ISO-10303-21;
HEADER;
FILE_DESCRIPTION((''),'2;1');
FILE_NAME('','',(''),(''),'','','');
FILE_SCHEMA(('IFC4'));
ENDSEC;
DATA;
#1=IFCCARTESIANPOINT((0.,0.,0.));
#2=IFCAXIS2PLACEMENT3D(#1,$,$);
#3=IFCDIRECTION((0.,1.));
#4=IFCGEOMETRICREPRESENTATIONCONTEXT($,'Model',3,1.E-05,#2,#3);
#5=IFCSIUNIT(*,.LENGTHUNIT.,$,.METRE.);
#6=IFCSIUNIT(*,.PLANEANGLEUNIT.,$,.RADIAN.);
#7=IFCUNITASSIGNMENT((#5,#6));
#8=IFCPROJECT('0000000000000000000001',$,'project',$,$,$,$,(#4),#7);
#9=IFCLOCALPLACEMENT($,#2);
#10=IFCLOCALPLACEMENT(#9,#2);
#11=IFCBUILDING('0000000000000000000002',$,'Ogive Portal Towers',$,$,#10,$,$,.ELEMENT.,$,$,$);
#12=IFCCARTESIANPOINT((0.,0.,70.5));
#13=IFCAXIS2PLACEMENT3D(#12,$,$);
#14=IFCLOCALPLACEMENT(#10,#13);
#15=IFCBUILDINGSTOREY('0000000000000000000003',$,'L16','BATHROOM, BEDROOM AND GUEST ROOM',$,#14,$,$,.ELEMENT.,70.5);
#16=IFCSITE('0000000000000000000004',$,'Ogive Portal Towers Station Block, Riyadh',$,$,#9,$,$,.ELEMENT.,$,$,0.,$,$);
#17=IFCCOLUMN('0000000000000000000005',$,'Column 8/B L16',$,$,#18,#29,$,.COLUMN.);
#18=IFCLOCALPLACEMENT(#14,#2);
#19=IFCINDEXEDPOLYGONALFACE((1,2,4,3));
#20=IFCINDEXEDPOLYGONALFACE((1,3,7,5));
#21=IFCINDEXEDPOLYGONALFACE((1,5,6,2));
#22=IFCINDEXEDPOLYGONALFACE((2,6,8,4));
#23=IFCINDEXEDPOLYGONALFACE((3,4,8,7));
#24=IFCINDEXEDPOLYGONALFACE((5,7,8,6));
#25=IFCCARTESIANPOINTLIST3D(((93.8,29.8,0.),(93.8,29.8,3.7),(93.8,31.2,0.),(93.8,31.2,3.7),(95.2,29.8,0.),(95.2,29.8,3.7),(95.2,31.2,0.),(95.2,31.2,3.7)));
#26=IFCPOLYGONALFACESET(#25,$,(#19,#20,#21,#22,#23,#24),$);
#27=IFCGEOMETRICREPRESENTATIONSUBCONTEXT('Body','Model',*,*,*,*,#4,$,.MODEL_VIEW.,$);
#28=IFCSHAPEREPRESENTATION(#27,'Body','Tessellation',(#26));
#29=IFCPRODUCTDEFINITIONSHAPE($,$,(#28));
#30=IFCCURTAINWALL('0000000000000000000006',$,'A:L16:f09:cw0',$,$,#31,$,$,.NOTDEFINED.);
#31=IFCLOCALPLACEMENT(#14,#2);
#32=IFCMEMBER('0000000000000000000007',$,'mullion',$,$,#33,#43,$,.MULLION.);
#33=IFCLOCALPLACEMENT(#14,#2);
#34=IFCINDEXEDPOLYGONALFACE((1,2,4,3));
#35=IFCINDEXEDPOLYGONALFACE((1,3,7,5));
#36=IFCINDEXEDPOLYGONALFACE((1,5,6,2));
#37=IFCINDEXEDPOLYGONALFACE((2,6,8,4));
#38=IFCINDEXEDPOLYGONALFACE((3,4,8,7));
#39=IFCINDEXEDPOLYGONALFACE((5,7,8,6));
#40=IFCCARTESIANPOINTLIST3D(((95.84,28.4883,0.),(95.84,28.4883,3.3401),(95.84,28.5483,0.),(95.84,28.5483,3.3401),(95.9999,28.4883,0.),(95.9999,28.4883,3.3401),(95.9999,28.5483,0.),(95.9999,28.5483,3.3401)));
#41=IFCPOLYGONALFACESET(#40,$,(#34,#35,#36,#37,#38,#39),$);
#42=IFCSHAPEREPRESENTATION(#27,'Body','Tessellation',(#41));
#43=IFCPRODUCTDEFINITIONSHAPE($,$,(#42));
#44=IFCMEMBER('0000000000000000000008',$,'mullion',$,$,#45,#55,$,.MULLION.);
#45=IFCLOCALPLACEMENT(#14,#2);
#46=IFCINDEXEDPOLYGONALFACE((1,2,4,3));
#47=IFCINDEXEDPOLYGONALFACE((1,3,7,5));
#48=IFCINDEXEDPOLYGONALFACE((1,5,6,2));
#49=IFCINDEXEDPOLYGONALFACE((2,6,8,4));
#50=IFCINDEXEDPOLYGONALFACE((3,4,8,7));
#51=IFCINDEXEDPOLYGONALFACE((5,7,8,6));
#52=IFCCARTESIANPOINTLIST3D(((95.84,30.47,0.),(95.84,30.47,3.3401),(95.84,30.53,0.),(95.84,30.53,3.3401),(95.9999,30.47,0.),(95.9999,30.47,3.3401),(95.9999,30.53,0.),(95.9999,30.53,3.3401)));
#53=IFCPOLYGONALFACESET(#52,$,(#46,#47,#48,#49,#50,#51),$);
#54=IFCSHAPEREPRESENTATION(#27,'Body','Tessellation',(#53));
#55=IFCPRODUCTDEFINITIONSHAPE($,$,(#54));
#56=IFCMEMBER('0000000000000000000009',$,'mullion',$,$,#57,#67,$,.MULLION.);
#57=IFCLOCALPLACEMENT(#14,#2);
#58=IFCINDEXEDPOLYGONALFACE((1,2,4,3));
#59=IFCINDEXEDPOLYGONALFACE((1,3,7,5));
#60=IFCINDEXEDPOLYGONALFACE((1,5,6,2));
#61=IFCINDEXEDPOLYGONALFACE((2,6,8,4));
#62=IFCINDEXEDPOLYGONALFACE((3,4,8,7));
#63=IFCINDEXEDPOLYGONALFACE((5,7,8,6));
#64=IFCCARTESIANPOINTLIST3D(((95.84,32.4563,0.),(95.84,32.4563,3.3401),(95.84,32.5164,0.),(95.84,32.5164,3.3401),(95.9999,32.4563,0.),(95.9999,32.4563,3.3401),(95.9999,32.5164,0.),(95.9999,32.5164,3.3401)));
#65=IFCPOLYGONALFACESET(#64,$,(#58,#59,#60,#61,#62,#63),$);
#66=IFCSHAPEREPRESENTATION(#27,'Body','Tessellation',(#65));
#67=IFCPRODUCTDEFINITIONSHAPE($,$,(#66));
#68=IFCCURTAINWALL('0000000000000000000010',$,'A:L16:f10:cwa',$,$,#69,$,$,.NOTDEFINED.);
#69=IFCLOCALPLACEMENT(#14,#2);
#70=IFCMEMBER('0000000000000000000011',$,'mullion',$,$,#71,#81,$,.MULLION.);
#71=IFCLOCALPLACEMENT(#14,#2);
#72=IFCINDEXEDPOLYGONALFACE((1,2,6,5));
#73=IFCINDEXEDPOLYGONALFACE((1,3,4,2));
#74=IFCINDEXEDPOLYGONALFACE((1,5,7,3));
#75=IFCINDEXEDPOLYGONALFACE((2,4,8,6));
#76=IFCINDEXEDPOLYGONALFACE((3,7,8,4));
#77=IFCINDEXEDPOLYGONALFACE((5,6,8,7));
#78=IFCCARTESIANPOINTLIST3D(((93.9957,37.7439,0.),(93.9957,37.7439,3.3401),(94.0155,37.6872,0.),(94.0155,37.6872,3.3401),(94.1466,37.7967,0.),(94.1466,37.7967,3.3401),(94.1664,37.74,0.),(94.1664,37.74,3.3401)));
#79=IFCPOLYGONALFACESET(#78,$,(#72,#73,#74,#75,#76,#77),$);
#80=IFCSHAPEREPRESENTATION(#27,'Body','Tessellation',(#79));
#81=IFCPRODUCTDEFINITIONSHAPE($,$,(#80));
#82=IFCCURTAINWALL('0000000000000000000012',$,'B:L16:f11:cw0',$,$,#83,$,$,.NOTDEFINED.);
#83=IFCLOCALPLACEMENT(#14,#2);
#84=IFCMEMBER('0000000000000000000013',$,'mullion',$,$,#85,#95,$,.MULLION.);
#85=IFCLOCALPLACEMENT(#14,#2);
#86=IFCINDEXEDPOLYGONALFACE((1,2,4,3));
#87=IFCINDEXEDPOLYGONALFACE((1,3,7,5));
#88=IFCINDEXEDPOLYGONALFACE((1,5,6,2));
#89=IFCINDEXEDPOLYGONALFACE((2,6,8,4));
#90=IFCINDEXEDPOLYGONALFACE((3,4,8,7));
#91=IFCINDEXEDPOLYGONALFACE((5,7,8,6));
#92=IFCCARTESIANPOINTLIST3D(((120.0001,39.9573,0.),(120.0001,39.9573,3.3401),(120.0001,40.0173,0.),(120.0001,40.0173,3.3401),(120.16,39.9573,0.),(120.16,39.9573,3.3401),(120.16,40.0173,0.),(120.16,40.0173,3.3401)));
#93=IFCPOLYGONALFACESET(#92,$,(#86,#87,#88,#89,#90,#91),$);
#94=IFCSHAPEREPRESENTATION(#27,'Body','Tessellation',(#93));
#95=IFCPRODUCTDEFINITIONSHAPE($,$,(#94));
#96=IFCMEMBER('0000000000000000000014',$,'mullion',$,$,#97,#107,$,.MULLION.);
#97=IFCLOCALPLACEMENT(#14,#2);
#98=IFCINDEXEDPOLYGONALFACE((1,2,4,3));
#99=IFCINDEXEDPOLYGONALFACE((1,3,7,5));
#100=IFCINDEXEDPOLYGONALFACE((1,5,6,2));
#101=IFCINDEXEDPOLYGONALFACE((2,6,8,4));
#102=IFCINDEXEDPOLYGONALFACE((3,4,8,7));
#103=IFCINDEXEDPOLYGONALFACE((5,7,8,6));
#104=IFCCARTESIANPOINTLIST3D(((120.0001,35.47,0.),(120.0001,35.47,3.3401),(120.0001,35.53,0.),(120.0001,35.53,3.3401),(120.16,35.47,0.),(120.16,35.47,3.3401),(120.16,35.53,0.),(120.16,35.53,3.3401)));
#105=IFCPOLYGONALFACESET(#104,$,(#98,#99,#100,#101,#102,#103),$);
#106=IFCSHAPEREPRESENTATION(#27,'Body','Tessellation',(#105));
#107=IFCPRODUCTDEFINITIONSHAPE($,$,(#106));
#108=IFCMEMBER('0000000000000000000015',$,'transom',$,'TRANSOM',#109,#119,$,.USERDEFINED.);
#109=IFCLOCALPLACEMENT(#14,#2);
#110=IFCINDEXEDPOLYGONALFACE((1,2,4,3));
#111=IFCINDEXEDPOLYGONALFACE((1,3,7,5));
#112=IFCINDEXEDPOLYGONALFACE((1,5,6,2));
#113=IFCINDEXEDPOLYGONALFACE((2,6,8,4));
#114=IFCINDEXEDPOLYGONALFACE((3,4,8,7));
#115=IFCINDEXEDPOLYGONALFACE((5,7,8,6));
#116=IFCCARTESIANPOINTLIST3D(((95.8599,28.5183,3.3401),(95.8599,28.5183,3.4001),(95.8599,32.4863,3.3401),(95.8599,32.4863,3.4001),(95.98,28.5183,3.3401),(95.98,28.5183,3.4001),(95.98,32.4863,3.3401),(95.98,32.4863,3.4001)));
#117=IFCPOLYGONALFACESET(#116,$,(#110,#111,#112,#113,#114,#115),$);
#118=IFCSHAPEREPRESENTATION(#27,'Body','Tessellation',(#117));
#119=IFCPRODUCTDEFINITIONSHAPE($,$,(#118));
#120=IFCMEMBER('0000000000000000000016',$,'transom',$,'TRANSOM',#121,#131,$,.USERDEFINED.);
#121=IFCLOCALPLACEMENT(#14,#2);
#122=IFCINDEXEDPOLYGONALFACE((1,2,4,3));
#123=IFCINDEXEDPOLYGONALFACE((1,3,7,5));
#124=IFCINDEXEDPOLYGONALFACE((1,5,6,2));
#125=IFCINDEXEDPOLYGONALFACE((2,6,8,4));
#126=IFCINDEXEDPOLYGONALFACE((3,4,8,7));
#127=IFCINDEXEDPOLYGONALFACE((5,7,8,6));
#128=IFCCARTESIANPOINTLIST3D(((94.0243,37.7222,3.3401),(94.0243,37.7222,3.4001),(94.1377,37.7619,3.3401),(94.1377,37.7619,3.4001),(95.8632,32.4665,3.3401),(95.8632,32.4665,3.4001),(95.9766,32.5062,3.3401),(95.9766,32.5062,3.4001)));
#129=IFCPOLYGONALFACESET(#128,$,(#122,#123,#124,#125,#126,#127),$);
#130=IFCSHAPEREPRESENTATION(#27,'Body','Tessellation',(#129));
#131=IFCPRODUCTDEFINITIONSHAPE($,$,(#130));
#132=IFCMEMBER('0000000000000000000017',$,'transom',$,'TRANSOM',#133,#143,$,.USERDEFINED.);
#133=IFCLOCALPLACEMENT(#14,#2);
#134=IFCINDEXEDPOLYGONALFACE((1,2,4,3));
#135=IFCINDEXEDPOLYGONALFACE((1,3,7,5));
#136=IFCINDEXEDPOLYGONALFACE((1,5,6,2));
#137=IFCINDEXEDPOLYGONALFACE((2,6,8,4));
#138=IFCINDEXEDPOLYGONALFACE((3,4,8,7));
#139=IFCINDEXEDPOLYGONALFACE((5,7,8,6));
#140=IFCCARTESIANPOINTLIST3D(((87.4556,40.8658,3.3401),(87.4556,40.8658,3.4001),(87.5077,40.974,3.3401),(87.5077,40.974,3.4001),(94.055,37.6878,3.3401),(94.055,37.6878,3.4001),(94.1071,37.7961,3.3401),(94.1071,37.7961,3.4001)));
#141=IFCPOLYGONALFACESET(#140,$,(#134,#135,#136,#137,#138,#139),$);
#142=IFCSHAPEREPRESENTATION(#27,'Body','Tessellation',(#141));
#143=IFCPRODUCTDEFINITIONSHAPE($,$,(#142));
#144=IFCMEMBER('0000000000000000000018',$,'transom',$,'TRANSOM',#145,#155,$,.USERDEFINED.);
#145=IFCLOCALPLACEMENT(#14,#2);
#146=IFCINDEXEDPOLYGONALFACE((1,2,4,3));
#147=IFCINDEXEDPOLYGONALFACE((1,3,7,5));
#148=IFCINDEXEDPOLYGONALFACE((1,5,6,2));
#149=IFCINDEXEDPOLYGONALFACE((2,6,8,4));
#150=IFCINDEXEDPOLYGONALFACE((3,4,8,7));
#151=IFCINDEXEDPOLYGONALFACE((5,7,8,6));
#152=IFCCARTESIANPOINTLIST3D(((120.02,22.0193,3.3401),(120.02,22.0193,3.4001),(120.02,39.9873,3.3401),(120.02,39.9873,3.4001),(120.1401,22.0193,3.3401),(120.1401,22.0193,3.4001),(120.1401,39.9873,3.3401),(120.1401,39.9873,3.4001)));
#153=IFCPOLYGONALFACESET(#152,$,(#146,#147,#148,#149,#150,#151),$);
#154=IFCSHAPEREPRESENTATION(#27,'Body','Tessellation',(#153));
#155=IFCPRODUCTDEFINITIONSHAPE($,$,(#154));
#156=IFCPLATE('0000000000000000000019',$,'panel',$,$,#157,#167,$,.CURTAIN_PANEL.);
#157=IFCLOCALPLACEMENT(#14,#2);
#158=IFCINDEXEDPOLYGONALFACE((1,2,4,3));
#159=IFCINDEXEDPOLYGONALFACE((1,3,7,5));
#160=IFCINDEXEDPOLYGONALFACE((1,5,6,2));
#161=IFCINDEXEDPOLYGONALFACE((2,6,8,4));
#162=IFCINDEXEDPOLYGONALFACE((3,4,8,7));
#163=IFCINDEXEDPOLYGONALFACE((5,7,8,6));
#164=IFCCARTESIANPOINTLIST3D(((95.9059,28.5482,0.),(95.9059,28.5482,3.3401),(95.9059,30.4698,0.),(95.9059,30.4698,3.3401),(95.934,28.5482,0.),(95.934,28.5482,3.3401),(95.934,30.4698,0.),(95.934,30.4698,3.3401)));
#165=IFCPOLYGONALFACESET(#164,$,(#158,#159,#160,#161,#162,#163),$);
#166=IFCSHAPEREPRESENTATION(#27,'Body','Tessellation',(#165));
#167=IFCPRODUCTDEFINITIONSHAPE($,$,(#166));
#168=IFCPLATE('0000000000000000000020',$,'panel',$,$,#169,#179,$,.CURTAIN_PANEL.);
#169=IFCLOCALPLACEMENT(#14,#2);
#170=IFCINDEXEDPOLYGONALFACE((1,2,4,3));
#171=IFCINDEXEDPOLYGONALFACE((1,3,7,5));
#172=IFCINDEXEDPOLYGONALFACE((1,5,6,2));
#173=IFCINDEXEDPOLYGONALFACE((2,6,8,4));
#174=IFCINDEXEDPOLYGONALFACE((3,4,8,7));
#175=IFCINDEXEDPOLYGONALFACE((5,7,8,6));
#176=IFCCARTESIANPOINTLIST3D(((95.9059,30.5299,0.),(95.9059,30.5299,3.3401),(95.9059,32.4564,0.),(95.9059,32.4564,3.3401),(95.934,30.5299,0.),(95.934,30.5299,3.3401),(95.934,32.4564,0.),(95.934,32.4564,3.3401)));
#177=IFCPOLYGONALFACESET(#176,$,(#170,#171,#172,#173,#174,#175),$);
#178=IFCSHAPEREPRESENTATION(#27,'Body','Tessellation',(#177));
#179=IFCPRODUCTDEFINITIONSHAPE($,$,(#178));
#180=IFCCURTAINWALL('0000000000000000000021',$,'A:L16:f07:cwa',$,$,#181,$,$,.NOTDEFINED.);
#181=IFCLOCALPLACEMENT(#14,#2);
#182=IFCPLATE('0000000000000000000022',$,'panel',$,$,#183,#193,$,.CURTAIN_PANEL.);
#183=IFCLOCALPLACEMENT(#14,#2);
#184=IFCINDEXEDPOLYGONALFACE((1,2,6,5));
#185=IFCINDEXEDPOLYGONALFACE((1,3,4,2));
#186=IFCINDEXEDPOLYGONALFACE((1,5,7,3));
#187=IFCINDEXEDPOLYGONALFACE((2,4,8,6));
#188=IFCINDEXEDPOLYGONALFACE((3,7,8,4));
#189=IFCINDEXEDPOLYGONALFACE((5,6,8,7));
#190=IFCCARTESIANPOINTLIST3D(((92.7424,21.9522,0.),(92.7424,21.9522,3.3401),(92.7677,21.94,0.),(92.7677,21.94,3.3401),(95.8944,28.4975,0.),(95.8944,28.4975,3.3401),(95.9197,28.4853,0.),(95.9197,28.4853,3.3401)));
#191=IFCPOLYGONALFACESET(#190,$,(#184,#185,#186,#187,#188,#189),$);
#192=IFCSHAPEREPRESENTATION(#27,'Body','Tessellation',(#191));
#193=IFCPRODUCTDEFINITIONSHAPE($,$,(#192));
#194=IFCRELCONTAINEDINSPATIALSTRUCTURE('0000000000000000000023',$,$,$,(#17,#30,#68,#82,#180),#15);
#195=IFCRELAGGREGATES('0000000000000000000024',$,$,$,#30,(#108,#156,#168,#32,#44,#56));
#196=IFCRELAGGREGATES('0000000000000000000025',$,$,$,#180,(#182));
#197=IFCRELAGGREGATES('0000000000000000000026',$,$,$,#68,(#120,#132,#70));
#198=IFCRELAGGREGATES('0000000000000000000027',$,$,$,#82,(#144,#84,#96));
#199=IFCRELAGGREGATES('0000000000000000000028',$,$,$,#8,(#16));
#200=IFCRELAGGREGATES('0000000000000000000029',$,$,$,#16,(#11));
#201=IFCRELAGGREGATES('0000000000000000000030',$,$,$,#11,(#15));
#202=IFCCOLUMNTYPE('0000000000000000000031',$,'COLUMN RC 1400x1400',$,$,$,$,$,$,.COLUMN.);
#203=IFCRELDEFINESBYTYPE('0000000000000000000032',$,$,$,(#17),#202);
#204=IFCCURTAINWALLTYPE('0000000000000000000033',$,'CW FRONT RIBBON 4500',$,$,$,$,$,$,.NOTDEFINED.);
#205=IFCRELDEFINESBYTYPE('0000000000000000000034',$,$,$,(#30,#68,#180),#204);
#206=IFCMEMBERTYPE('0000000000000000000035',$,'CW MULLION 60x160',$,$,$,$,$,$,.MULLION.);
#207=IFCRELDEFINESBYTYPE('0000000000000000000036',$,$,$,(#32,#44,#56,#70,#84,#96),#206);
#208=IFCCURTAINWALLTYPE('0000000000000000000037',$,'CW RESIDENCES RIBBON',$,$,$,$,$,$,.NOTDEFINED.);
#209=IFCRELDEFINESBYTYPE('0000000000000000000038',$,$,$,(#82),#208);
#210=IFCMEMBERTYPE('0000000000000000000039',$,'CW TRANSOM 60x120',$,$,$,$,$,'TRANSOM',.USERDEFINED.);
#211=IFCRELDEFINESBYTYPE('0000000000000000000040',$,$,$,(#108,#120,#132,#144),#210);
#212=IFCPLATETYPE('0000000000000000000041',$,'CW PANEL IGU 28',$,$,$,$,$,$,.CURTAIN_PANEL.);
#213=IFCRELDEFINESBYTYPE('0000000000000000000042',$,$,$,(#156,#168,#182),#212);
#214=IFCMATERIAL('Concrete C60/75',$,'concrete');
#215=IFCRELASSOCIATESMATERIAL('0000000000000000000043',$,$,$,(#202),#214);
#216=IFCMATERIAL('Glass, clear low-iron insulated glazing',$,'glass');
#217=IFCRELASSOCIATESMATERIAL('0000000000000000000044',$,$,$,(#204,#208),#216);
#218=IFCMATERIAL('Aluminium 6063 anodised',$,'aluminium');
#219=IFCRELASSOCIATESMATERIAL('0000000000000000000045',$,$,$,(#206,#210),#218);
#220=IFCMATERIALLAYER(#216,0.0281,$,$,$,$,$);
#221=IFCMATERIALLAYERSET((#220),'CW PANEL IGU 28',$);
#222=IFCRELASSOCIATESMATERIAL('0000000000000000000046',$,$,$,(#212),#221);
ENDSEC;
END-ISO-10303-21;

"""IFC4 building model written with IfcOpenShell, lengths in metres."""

from ifc_helpers import new_model, si_unit, direction, frame, origin, origin_2d, place, context, subcontext, project, spatial, rectangle, extrude, material, layer, layer_set, material_profile, profile_set, type_object, element, aggregate, save


model = new_model("IFC4")

# Units and contexts
model_context = context("Model", 3, precision=1e-05, world=origin(), true_north=direction((0.0, 1.0)))
body_context = subcontext(model_context, "Body", "Model", "MODEL_VIEW")
ifc_project = project(units=[si_unit("LENGTHUNIT", "METRE"), si_unit("PLANEANGLEUNIT", "RADIAN")], contexts=[model_context])

# Site, building, storey
site_placement = place(None, origin())
site = spatial("IfcSite", under=ifc_project, at=site_placement, Name="Ogive Portal Towers Station Block, Riyadh", CompositionType="ELEMENT", RefElevation=0.0)
building_placement = place(site_placement, origin())
building = spatial("IfcBuilding", under=site, at=building_placement, Name="Ogive Portal Towers", CompositionType="ELEMENT")
storey_placement = place(building_placement, frame((0.0, 0.0, 70.5)))
storey = spatial("IfcBuildingStorey", under=building, at=storey_placement, Name="L16", Description="BATHROOM, BEDROOM AND GUEST ROOM", CompositionType="ELEMENT", Elevation=70.5)

# Column
ifc_material_1 = material(Name="Concrete C60/75", Category="concrete")
ifc_material_profile_1 = material_profile(ifc_material_1, rectangle(XDim=1.3999, YDim=1.3999, at=origin_2d()), Name="RC 1400x1400")
ifc_profile_set_1 = profile_set([ifc_material_profile_1], Name="Concrete C60/75")
column_type = type_object("IfcColumnType", Name="COLUMN RC 1400x1400", PredefinedType="COLUMN", material=ifc_profile_set_1)
column_placement = place(storey_placement, frame((94.5, 30.5, 0.0), z_axis=(0.0, 0.0, 1.0), x_axis=(1.0, 0.0, 0.0)))
element("IfcColumn", 1, at=column_placement, inside=storey, type_object=column_type, Name="Column 8/B L16", PredefinedType="COLUMN", context=body_context, shape_type="SweptSolid", body=[
    extrude(rectangle(XDim=1.3999, YDim=1.3999, at=origin_2d()), origin(), (0.0, 0.0, 1.0), 3.7),
])

# Curtain wall, members
ifc_material_2 = material(Name="Glass, clear low-iron insulated glazing", Category="glass")
curtain_wall_type_1 = type_object("IfcCurtainWallType", Name="CW FRONT RIBBON 4500", PredefinedType="NOTDEFINED", material=ifc_material_2)
curtain_wall_1_placement = place(storey_placement, origin())
curtain_wall_1 = element("IfcCurtainWall", 2, at=curtain_wall_1_placement, inside=storey, type_object=curtain_wall_type_1, Name="A:L16:f09:cw0", PredefinedType="NOTDEFINED")
ifc_material_3 = material(Name="Aluminium 6063 anodised", Category="aluminium")
ifc_material_profile_2 = material_profile(ifc_material_3, rectangle(XDim=0.1599, YDim=0.0601, at=origin_2d()), Name="AL 60x160")
ifc_profile_set_2 = profile_set([ifc_material_profile_2], Name="Aluminium 6063 anodised")
member_type_1 = type_object("IfcMemberType", Name="CW MULLION 60x160", PredefinedType="MULLION", material=ifc_profile_set_2)
member_1_placement = place(storey_placement, frame((95.9199, 28.5183, 0.0), z_axis=(0.0, 0.0, 1.0), x_axis=(-1.0, 0.0, 0.0)))
member_1 = element("IfcMember", 3, at=member_1_placement, type_object=member_type_1, Name="mullion", PredefinedType="MULLION", context=body_context, shape_type="SweptSolid", body=[
    extrude(rectangle(XDim=0.1599, YDim=0.0601, at=origin_2d()), origin(), (0.0, 0.0, 1.0), 3.3401),
])
member_2_placement = place(storey_placement, frame((95.9199, 30.5, 0.0), z_axis=(0.0, 0.0, 1.0), x_axis=(-1.0, 0.0, 0.0)))
member_2 = element("IfcMember", 4, at=member_2_placement, type_object=member_type_1, Name="mullion", PredefinedType="MULLION", context=body_context, shape_type="SweptSolid", body=[
    extrude(rectangle(XDim=0.1599, YDim=0.0601, at=origin_2d()), origin(), (0.0, 0.0, 1.0), 3.3401),
])
member_3_placement = place(storey_placement, frame((95.9199, 32.4863, 0.0), z_axis=(0.0, 0.0, 1.0), x_axis=(-1.0, 0.0, 0.0)))
member_3 = element("IfcMember", 5, at=member_3_placement, type_object=member_type_1, Name="mullion", PredefinedType="MULLION", context=body_context, shape_type="SweptSolid", body=[
    extrude(rectangle(XDim=0.1599, YDim=0.0601, at=origin_2d()), origin(), (0.0, 0.0, 1.0), 3.3401),
])

# Curtain wall, member
curtain_wall_2_placement = place(storey_placement, origin())
curtain_wall_2 = element("IfcCurtainWall", 6, at=curtain_wall_2_placement, inside=storey, type_object=curtain_wall_type_1, Name="A:L16:f10:cwa", PredefinedType="NOTDEFINED")
member_4_placement = place(storey_placement, frame((94.0811, 37.7419, 0.0), z_axis=(0.0, 0.0, 1.0), x_axis=(-0.943883, -0.330279, 0.0)))
member_4 = element("IfcMember", 7, at=member_4_placement, type_object=member_type_1, Name="mullion", PredefinedType="MULLION", context=body_context, shape_type="SweptSolid", body=[
    extrude(rectangle(XDim=0.1599, YDim=0.0601, at=origin_2d()), origin(), (0.0, 0.0, 1.0), 3.3401),
])

# Curtain wall, members
curtain_wall_type_2 = type_object("IfcCurtainWallType", Name="CW RESIDENCES RIBBON", PredefinedType="NOTDEFINED", material=ifc_material_2)
curtain_wall_3_placement = place(storey_placement, origin())
curtain_wall_3 = element("IfcCurtainWall", 8, at=curtain_wall_3_placement, inside=storey, type_object=curtain_wall_type_2, Name="B:L16:f11:cw0", PredefinedType="NOTDEFINED")
member_5_placement = place(storey_placement, frame((120.0801, 39.9873, 0.0), z_axis=(0.0, 0.0, 1.0), x_axis=(1.0, 0.0, 0.0)))
member_5 = element("IfcMember", 9, at=member_5_placement, type_object=member_type_1, Name="mullion", PredefinedType="MULLION", context=body_context, shape_type="SweptSolid", body=[
    extrude(rectangle(XDim=0.1599, YDim=0.0601, at=origin_2d()), origin(), (0.0, 0.0, 1.0), 3.3401),
])
member_6_placement = place(storey_placement, frame((120.0801, 35.5, 0.0), z_axis=(0.0, 0.0, 1.0), x_axis=(1.0, 0.0, 0.0)))
member_6 = element("IfcMember", 10, at=member_6_placement, type_object=member_type_1, Name="mullion", PredefinedType="MULLION", context=body_context, shape_type="SweptSolid", body=[
    extrude(rectangle(XDim=0.1599, YDim=0.0601, at=origin_2d()), origin(), (0.0, 0.0, 1.0), 3.3401),
])

# Members
ifc_material_profile_3 = material_profile(ifc_material_3, rectangle(XDim=0.1201, YDim=0.0601, at=origin_2d()), Name="AL 120x60")
ifc_profile_set_3 = profile_set([ifc_material_profile_3], Name="Aluminium 6063 anodised")
member_type_2 = type_object("IfcMemberType", Name="CW TRANSOM 60x120", ElementType="TRANSOM", PredefinedType="USERDEFINED", material=ifc_profile_set_3)
member_7_placement = place(storey_placement, frame((95.9199, 28.5183, 3.3701), z_axis=(0.0, 1.0, 0.0), x_axis=(-1.0, 0.0, 0.0)))
member_7 = element("IfcMember", 11, at=member_7_placement, type_object=member_type_2, Name="transom", ObjectType="TRANSOM", PredefinedType="USERDEFINED", context=body_context, shape_type="SweptSolid", body=[
    extrude(rectangle(XDim=0.1201, YDim=0.0601, at=origin_2d()), origin(), (0.0, 0.0, 1.0), 3.968),
])
member_8_placement = place(storey_placement, frame((95.9199, 32.4863, 3.3701), z_axis=(-0.330255, 0.943892, 0.0), x_axis=(-0.943892, -0.330255, 0.0)))
member_8 = element("IfcMember", 12, at=member_8_placement, type_object=member_type_2, Name="transom", ObjectType="TRANSOM", PredefinedType="USERDEFINED", context=body_context, shape_type="SweptSolid", body=[
    extrude(rectangle(XDim=0.1201, YDim=0.0601, at=origin_2d()), origin(), (0.0, 0.0, 1.0), 5.5681),
])
member_9_placement = place(storey_placement, frame((94.0811, 37.7419, 3.3701), z_axis=(-0.900975, 0.433872, 0.0), x_axis=(-0.433872, -0.900975, 0.0)))
member_9 = element("IfcMember", 13, at=member_9_placement, type_object=member_type_2, Name="transom", ObjectType="TRANSOM", PredefinedType="USERDEFINED", context=body_context, shape_type="SweptSolid", body=[
    extrude(rectangle(XDim=0.1201, YDim=0.0601, at=origin_2d()), origin(), (0.0, 0.0, 1.0), 7.3247),
])
member_10_placement = place(storey_placement, frame((120.0801, 39.9873, 3.3701), z_axis=(0.0, -1.0, 0.0), x_axis=(1.0, 0.0, 0.0)))
member_10 = element("IfcMember", 14, at=member_10_placement, type_object=member_type_2, Name="transom", ObjectType="TRANSOM", PredefinedType="USERDEFINED", context=body_context, shape_type="SweptSolid", body=[
    extrude(rectangle(XDim=0.1201, YDim=0.0601, at=origin_2d()), origin(), (0.0, 0.0, 1.0), 17.968),
])

# Plates
ifc_layer_1 = layer(ifc_material_2, 0.0281)
ifc_layer_set_1 = layer_set([ifc_layer_1], Name="CW PANEL IGU 28")
plate_type = type_object("IfcPlateType", Name="CW PANEL IGU 28", PredefinedType="CURTAIN_PANEL", material=ifc_layer_set_1)
plate_1_placement = place(storey_placement, frame((95.9199, 29.509, 0.0), z_axis=(0.0, 0.0, 1.0), x_axis=(0.0, 1.0, 0.0)))
plate_1 = element("IfcPlate", 15, at=plate_1_placement, type_object=plate_type, Name="panel", PredefinedType="CURTAIN_PANEL", context=body_context, shape_type="SweptSolid", body=[
    extrude(rectangle(XDim=1.9216, YDim=0.0281, at=origin_2d()), origin(), (0.0, 0.0, 1.0), 3.3401),
])
plate_2_placement = place(storey_placement, frame((95.9199, 31.4932, 0.0), z_axis=(0.0, 0.0, 1.0), x_axis=(0.0, 1.0, 0.0)))
plate_2 = element("IfcPlate", 16, at=plate_2_placement, type_object=plate_type, Name="panel", PredefinedType="CURTAIN_PANEL", context=body_context, shape_type="SweptSolid", body=[
    extrude(rectangle(XDim=1.9265, YDim=0.0281, at=origin_2d()), origin(), (0.0, 0.0, 1.0), 3.3401),
])
aggregate(curtain_wall_1, [member_7, plate_1, plate_2, member_1, member_2, member_3])

# Curtain wall, plate
curtain_wall_4_placement = place(storey_placement, origin())
curtain_wall_4 = element("IfcCurtainWall", 17, at=curtain_wall_4_placement, inside=storey, type_object=curtain_wall_type_1, Name="A:L16:f07:cwa", PredefinedType="NOTDEFINED")
plate_3_placement = place(storey_placement, frame((94.3311, 25.2188, 0.0), z_axis=(0.0, 0.0, 1.0), x_axis=(0.433884, 0.900969, 0.0)))
plate_3 = element("IfcPlate", 18, at=plate_3_placement, type_object=plate_type, Name="panel", PredefinedType="CURTAIN_PANEL", context=body_context, shape_type="SweptSolid", body=[
    extrude(rectangle(XDim=7.2646, YDim=0.0281, at=origin_2d()), origin(), (0.0, 0.0, 1.0), 3.3401),
])
aggregate(curtain_wall_4, [plate_3])

aggregate(curtain_wall_2, [member_8, member_9, member_4])
aggregate(curtain_wall_3, [member_10, member_5, member_6])

save(model, "model.ifc")
